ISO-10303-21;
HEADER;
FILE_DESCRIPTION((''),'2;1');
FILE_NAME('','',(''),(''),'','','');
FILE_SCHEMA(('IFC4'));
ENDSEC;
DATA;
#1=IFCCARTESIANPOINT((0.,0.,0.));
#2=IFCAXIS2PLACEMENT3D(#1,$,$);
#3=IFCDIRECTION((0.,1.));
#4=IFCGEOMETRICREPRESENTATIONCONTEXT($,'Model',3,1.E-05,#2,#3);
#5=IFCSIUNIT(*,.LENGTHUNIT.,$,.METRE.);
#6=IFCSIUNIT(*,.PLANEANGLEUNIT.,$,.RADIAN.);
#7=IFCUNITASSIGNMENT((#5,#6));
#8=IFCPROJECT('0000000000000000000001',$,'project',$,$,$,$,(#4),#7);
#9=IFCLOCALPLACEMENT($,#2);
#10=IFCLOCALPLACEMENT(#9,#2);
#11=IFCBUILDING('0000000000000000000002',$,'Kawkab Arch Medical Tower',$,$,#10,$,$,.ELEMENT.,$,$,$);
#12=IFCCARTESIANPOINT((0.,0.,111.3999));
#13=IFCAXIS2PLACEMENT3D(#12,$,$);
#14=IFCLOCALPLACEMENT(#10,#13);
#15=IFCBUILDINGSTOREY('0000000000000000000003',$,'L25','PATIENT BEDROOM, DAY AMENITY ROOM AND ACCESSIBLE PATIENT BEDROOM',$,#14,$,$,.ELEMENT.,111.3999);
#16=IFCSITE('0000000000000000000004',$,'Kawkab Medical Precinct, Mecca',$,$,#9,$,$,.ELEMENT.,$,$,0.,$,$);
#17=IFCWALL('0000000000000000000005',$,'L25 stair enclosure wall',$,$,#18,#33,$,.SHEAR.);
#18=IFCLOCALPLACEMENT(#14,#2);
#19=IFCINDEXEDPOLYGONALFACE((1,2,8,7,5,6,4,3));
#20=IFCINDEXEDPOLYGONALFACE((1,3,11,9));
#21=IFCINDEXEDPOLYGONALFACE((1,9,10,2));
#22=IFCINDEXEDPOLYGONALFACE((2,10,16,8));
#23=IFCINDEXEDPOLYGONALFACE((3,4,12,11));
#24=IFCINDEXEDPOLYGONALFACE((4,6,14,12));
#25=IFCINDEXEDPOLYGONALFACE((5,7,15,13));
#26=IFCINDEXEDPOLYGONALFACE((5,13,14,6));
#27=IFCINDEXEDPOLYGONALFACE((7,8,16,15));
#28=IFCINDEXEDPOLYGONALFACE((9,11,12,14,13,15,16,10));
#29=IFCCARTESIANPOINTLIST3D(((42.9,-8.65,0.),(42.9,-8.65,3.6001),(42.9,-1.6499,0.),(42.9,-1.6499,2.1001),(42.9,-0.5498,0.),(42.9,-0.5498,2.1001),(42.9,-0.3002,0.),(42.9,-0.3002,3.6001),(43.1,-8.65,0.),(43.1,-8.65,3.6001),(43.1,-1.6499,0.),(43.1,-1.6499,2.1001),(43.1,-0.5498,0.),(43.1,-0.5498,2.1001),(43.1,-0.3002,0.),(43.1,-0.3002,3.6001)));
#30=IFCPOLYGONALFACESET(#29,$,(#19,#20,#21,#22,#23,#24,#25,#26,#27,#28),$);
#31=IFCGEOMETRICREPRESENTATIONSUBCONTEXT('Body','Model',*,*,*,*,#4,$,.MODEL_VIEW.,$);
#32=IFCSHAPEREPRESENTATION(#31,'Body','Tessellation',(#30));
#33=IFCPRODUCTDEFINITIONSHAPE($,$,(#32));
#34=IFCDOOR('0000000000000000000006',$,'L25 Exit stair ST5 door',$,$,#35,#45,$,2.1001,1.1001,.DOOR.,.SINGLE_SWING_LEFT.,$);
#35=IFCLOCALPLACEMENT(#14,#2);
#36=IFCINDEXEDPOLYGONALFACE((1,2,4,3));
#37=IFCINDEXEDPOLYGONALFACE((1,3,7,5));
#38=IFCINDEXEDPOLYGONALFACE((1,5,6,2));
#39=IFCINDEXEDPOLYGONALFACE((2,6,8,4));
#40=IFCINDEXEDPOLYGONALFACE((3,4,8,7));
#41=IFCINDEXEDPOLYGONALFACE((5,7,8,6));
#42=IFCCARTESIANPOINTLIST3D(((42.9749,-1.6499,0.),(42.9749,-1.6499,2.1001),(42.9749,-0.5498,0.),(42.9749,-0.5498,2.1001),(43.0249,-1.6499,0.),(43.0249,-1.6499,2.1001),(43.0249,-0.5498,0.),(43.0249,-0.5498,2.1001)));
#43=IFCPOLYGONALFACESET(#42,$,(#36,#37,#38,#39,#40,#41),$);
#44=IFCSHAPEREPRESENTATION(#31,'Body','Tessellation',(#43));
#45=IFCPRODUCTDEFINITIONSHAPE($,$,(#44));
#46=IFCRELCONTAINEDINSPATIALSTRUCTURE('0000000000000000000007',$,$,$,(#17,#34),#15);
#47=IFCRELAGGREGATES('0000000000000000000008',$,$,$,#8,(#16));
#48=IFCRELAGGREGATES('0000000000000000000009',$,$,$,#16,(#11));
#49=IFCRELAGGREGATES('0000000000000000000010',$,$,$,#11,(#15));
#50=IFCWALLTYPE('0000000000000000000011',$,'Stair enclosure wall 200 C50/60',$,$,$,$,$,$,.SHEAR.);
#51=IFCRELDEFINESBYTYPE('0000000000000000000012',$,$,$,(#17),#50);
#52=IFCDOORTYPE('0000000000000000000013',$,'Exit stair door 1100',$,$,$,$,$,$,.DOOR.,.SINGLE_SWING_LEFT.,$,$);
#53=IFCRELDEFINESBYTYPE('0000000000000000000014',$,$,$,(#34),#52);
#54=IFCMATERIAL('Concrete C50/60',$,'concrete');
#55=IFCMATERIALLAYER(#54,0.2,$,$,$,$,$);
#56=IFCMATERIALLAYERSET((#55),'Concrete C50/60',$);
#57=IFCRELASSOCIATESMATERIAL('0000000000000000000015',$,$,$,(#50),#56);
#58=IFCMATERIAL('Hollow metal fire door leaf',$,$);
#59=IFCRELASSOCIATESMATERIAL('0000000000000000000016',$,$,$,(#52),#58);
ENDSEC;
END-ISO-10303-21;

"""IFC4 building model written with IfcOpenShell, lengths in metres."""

from ifc_helpers import new_model, si_unit, direction, frame, frame_2d, origin, place, context, subcontext, project, spatial, rectangle, extrude, material, layer, layer_set, type_object, element, fill, save


model = new_model("IFC4")

# Units and contexts
model_context = context("Model", 3, precision=1e-05, world=origin(), true_north=direction((0.0, 1.0)))
body_context = subcontext(model_context, "Body", "Model", "MODEL_VIEW")
ifc_project = project(units=[si_unit("LENGTHUNIT", "METRE"), si_unit("PLANEANGLEUNIT", "RADIAN")], contexts=[model_context])

# Site, building, storey
site_placement = place(None, origin())
site = spatial("IfcSite", under=ifc_project, at=site_placement, Name="Kawkab Medical Precinct, Mecca", CompositionType="ELEMENT", RefElevation=0.0)
building_placement = place(site_placement, origin())
building = spatial("IfcBuilding", under=site, at=building_placement, Name="Kawkab Arch Medical Tower", CompositionType="ELEMENT")
storey_placement = place(building_placement, frame((0.0, 0.0, 111.3999)))
storey = spatial("IfcBuildingStorey", under=building, at=storey_placement, Name="L25", Description="PATIENT BEDROOM, DAY AMENITY ROOM AND ACCESSIBLE PATIENT BEDROOM", CompositionType="ELEMENT", Elevation=111.3999)

# Wall, opening, door
ifc_material_1 = material(Name="Concrete C50/60", Category="concrete")
ifc_layer_1 = layer(ifc_material_1, 0.2)
ifc_layer_set_1 = layer_set([ifc_layer_1], Name="Concrete C50/60")
wall_type_1 = type_object("IfcWallType", Name="Stair enclosure wall 200 C50/60", PredefinedType="SHEAR", material=ifc_layer_set_1)
wall_1_placement = place(storey_placement, frame((43.0, -8.6499, 0.0), z_axis=(0.0, 0.0, 1.0), x_axis=(0.0, 1.0, 0.0)))
wall_1 = element("IfcWall", 1, at=wall_1_placement, inside=storey, type_object=wall_type_1, Name="L25 stair enclosure wall", PredefinedType="SHEAR", context=body_context, shape_type="SweptSolid", body=[
    extrude(rectangle(XDim=8.3499, YDim=0.2, at=frame_2d((4.1748, 0.0))), origin(), (0.0, 0.0, 1.0), 3.6001),
])
opening_1_placement = place(wall_1_placement, frame((7.0, 0.0, 0.0)))
opening_1 = element("IfcOpeningElement", 2, at=opening_1_placement, cuts=wall_1, PredefinedType="OPENING", context=body_context, shape_type="SweptSolid", body=[
    extrude(rectangle(XDim=1.1001, YDim=2.1001, at=frame_2d((0.55, 1.05))), frame((0.0, 0.1099, 0.0), z_axis=(0.0, -1.0, 0.0), x_axis=(1.0, 0.0, 0.0)), (0.0, 0.0, 1.0), 0.22),
])
ifc_material_2 = material(Name="Hollow metal fire door leaf")
door_type_1 = type_object("IfcDoorType", Name="Exit stair door 1100", OperationType="SINGLE_SWING_LEFT", PredefinedType="DOOR", material=ifc_material_2)
door_1_placement = place(opening_1_placement, frame((1.1001, 0.0, 0.0), z_axis=(0.0, 0.0, 1.0), x_axis=(-1.0, 0.0, 0.0)))
door_1 = element("IfcDoor", 3, at=door_1_placement, inside=storey, type_object=door_type_1, Name="L25 Exit stair ST5 door", OperationType="SINGLE_SWING_LEFT", OverallHeight=2.1001, OverallWidth=1.1001, PredefinedType="DOOR", context=body_context, shape_type="SweptSolid", body=[
    extrude(rectangle(XDim=1.1001, YDim=2.1001, at=frame_2d((0.55, 1.05))), frame((0.0, 0.0249, 0.0), z_axis=(0.0, -1.0, 0.0), x_axis=(1.0, 0.0, 0.0)), (0.0, 0.0, 1.0), 0.05),
])
fill(opening_1, door_1)

save(model, "model.ifc")
